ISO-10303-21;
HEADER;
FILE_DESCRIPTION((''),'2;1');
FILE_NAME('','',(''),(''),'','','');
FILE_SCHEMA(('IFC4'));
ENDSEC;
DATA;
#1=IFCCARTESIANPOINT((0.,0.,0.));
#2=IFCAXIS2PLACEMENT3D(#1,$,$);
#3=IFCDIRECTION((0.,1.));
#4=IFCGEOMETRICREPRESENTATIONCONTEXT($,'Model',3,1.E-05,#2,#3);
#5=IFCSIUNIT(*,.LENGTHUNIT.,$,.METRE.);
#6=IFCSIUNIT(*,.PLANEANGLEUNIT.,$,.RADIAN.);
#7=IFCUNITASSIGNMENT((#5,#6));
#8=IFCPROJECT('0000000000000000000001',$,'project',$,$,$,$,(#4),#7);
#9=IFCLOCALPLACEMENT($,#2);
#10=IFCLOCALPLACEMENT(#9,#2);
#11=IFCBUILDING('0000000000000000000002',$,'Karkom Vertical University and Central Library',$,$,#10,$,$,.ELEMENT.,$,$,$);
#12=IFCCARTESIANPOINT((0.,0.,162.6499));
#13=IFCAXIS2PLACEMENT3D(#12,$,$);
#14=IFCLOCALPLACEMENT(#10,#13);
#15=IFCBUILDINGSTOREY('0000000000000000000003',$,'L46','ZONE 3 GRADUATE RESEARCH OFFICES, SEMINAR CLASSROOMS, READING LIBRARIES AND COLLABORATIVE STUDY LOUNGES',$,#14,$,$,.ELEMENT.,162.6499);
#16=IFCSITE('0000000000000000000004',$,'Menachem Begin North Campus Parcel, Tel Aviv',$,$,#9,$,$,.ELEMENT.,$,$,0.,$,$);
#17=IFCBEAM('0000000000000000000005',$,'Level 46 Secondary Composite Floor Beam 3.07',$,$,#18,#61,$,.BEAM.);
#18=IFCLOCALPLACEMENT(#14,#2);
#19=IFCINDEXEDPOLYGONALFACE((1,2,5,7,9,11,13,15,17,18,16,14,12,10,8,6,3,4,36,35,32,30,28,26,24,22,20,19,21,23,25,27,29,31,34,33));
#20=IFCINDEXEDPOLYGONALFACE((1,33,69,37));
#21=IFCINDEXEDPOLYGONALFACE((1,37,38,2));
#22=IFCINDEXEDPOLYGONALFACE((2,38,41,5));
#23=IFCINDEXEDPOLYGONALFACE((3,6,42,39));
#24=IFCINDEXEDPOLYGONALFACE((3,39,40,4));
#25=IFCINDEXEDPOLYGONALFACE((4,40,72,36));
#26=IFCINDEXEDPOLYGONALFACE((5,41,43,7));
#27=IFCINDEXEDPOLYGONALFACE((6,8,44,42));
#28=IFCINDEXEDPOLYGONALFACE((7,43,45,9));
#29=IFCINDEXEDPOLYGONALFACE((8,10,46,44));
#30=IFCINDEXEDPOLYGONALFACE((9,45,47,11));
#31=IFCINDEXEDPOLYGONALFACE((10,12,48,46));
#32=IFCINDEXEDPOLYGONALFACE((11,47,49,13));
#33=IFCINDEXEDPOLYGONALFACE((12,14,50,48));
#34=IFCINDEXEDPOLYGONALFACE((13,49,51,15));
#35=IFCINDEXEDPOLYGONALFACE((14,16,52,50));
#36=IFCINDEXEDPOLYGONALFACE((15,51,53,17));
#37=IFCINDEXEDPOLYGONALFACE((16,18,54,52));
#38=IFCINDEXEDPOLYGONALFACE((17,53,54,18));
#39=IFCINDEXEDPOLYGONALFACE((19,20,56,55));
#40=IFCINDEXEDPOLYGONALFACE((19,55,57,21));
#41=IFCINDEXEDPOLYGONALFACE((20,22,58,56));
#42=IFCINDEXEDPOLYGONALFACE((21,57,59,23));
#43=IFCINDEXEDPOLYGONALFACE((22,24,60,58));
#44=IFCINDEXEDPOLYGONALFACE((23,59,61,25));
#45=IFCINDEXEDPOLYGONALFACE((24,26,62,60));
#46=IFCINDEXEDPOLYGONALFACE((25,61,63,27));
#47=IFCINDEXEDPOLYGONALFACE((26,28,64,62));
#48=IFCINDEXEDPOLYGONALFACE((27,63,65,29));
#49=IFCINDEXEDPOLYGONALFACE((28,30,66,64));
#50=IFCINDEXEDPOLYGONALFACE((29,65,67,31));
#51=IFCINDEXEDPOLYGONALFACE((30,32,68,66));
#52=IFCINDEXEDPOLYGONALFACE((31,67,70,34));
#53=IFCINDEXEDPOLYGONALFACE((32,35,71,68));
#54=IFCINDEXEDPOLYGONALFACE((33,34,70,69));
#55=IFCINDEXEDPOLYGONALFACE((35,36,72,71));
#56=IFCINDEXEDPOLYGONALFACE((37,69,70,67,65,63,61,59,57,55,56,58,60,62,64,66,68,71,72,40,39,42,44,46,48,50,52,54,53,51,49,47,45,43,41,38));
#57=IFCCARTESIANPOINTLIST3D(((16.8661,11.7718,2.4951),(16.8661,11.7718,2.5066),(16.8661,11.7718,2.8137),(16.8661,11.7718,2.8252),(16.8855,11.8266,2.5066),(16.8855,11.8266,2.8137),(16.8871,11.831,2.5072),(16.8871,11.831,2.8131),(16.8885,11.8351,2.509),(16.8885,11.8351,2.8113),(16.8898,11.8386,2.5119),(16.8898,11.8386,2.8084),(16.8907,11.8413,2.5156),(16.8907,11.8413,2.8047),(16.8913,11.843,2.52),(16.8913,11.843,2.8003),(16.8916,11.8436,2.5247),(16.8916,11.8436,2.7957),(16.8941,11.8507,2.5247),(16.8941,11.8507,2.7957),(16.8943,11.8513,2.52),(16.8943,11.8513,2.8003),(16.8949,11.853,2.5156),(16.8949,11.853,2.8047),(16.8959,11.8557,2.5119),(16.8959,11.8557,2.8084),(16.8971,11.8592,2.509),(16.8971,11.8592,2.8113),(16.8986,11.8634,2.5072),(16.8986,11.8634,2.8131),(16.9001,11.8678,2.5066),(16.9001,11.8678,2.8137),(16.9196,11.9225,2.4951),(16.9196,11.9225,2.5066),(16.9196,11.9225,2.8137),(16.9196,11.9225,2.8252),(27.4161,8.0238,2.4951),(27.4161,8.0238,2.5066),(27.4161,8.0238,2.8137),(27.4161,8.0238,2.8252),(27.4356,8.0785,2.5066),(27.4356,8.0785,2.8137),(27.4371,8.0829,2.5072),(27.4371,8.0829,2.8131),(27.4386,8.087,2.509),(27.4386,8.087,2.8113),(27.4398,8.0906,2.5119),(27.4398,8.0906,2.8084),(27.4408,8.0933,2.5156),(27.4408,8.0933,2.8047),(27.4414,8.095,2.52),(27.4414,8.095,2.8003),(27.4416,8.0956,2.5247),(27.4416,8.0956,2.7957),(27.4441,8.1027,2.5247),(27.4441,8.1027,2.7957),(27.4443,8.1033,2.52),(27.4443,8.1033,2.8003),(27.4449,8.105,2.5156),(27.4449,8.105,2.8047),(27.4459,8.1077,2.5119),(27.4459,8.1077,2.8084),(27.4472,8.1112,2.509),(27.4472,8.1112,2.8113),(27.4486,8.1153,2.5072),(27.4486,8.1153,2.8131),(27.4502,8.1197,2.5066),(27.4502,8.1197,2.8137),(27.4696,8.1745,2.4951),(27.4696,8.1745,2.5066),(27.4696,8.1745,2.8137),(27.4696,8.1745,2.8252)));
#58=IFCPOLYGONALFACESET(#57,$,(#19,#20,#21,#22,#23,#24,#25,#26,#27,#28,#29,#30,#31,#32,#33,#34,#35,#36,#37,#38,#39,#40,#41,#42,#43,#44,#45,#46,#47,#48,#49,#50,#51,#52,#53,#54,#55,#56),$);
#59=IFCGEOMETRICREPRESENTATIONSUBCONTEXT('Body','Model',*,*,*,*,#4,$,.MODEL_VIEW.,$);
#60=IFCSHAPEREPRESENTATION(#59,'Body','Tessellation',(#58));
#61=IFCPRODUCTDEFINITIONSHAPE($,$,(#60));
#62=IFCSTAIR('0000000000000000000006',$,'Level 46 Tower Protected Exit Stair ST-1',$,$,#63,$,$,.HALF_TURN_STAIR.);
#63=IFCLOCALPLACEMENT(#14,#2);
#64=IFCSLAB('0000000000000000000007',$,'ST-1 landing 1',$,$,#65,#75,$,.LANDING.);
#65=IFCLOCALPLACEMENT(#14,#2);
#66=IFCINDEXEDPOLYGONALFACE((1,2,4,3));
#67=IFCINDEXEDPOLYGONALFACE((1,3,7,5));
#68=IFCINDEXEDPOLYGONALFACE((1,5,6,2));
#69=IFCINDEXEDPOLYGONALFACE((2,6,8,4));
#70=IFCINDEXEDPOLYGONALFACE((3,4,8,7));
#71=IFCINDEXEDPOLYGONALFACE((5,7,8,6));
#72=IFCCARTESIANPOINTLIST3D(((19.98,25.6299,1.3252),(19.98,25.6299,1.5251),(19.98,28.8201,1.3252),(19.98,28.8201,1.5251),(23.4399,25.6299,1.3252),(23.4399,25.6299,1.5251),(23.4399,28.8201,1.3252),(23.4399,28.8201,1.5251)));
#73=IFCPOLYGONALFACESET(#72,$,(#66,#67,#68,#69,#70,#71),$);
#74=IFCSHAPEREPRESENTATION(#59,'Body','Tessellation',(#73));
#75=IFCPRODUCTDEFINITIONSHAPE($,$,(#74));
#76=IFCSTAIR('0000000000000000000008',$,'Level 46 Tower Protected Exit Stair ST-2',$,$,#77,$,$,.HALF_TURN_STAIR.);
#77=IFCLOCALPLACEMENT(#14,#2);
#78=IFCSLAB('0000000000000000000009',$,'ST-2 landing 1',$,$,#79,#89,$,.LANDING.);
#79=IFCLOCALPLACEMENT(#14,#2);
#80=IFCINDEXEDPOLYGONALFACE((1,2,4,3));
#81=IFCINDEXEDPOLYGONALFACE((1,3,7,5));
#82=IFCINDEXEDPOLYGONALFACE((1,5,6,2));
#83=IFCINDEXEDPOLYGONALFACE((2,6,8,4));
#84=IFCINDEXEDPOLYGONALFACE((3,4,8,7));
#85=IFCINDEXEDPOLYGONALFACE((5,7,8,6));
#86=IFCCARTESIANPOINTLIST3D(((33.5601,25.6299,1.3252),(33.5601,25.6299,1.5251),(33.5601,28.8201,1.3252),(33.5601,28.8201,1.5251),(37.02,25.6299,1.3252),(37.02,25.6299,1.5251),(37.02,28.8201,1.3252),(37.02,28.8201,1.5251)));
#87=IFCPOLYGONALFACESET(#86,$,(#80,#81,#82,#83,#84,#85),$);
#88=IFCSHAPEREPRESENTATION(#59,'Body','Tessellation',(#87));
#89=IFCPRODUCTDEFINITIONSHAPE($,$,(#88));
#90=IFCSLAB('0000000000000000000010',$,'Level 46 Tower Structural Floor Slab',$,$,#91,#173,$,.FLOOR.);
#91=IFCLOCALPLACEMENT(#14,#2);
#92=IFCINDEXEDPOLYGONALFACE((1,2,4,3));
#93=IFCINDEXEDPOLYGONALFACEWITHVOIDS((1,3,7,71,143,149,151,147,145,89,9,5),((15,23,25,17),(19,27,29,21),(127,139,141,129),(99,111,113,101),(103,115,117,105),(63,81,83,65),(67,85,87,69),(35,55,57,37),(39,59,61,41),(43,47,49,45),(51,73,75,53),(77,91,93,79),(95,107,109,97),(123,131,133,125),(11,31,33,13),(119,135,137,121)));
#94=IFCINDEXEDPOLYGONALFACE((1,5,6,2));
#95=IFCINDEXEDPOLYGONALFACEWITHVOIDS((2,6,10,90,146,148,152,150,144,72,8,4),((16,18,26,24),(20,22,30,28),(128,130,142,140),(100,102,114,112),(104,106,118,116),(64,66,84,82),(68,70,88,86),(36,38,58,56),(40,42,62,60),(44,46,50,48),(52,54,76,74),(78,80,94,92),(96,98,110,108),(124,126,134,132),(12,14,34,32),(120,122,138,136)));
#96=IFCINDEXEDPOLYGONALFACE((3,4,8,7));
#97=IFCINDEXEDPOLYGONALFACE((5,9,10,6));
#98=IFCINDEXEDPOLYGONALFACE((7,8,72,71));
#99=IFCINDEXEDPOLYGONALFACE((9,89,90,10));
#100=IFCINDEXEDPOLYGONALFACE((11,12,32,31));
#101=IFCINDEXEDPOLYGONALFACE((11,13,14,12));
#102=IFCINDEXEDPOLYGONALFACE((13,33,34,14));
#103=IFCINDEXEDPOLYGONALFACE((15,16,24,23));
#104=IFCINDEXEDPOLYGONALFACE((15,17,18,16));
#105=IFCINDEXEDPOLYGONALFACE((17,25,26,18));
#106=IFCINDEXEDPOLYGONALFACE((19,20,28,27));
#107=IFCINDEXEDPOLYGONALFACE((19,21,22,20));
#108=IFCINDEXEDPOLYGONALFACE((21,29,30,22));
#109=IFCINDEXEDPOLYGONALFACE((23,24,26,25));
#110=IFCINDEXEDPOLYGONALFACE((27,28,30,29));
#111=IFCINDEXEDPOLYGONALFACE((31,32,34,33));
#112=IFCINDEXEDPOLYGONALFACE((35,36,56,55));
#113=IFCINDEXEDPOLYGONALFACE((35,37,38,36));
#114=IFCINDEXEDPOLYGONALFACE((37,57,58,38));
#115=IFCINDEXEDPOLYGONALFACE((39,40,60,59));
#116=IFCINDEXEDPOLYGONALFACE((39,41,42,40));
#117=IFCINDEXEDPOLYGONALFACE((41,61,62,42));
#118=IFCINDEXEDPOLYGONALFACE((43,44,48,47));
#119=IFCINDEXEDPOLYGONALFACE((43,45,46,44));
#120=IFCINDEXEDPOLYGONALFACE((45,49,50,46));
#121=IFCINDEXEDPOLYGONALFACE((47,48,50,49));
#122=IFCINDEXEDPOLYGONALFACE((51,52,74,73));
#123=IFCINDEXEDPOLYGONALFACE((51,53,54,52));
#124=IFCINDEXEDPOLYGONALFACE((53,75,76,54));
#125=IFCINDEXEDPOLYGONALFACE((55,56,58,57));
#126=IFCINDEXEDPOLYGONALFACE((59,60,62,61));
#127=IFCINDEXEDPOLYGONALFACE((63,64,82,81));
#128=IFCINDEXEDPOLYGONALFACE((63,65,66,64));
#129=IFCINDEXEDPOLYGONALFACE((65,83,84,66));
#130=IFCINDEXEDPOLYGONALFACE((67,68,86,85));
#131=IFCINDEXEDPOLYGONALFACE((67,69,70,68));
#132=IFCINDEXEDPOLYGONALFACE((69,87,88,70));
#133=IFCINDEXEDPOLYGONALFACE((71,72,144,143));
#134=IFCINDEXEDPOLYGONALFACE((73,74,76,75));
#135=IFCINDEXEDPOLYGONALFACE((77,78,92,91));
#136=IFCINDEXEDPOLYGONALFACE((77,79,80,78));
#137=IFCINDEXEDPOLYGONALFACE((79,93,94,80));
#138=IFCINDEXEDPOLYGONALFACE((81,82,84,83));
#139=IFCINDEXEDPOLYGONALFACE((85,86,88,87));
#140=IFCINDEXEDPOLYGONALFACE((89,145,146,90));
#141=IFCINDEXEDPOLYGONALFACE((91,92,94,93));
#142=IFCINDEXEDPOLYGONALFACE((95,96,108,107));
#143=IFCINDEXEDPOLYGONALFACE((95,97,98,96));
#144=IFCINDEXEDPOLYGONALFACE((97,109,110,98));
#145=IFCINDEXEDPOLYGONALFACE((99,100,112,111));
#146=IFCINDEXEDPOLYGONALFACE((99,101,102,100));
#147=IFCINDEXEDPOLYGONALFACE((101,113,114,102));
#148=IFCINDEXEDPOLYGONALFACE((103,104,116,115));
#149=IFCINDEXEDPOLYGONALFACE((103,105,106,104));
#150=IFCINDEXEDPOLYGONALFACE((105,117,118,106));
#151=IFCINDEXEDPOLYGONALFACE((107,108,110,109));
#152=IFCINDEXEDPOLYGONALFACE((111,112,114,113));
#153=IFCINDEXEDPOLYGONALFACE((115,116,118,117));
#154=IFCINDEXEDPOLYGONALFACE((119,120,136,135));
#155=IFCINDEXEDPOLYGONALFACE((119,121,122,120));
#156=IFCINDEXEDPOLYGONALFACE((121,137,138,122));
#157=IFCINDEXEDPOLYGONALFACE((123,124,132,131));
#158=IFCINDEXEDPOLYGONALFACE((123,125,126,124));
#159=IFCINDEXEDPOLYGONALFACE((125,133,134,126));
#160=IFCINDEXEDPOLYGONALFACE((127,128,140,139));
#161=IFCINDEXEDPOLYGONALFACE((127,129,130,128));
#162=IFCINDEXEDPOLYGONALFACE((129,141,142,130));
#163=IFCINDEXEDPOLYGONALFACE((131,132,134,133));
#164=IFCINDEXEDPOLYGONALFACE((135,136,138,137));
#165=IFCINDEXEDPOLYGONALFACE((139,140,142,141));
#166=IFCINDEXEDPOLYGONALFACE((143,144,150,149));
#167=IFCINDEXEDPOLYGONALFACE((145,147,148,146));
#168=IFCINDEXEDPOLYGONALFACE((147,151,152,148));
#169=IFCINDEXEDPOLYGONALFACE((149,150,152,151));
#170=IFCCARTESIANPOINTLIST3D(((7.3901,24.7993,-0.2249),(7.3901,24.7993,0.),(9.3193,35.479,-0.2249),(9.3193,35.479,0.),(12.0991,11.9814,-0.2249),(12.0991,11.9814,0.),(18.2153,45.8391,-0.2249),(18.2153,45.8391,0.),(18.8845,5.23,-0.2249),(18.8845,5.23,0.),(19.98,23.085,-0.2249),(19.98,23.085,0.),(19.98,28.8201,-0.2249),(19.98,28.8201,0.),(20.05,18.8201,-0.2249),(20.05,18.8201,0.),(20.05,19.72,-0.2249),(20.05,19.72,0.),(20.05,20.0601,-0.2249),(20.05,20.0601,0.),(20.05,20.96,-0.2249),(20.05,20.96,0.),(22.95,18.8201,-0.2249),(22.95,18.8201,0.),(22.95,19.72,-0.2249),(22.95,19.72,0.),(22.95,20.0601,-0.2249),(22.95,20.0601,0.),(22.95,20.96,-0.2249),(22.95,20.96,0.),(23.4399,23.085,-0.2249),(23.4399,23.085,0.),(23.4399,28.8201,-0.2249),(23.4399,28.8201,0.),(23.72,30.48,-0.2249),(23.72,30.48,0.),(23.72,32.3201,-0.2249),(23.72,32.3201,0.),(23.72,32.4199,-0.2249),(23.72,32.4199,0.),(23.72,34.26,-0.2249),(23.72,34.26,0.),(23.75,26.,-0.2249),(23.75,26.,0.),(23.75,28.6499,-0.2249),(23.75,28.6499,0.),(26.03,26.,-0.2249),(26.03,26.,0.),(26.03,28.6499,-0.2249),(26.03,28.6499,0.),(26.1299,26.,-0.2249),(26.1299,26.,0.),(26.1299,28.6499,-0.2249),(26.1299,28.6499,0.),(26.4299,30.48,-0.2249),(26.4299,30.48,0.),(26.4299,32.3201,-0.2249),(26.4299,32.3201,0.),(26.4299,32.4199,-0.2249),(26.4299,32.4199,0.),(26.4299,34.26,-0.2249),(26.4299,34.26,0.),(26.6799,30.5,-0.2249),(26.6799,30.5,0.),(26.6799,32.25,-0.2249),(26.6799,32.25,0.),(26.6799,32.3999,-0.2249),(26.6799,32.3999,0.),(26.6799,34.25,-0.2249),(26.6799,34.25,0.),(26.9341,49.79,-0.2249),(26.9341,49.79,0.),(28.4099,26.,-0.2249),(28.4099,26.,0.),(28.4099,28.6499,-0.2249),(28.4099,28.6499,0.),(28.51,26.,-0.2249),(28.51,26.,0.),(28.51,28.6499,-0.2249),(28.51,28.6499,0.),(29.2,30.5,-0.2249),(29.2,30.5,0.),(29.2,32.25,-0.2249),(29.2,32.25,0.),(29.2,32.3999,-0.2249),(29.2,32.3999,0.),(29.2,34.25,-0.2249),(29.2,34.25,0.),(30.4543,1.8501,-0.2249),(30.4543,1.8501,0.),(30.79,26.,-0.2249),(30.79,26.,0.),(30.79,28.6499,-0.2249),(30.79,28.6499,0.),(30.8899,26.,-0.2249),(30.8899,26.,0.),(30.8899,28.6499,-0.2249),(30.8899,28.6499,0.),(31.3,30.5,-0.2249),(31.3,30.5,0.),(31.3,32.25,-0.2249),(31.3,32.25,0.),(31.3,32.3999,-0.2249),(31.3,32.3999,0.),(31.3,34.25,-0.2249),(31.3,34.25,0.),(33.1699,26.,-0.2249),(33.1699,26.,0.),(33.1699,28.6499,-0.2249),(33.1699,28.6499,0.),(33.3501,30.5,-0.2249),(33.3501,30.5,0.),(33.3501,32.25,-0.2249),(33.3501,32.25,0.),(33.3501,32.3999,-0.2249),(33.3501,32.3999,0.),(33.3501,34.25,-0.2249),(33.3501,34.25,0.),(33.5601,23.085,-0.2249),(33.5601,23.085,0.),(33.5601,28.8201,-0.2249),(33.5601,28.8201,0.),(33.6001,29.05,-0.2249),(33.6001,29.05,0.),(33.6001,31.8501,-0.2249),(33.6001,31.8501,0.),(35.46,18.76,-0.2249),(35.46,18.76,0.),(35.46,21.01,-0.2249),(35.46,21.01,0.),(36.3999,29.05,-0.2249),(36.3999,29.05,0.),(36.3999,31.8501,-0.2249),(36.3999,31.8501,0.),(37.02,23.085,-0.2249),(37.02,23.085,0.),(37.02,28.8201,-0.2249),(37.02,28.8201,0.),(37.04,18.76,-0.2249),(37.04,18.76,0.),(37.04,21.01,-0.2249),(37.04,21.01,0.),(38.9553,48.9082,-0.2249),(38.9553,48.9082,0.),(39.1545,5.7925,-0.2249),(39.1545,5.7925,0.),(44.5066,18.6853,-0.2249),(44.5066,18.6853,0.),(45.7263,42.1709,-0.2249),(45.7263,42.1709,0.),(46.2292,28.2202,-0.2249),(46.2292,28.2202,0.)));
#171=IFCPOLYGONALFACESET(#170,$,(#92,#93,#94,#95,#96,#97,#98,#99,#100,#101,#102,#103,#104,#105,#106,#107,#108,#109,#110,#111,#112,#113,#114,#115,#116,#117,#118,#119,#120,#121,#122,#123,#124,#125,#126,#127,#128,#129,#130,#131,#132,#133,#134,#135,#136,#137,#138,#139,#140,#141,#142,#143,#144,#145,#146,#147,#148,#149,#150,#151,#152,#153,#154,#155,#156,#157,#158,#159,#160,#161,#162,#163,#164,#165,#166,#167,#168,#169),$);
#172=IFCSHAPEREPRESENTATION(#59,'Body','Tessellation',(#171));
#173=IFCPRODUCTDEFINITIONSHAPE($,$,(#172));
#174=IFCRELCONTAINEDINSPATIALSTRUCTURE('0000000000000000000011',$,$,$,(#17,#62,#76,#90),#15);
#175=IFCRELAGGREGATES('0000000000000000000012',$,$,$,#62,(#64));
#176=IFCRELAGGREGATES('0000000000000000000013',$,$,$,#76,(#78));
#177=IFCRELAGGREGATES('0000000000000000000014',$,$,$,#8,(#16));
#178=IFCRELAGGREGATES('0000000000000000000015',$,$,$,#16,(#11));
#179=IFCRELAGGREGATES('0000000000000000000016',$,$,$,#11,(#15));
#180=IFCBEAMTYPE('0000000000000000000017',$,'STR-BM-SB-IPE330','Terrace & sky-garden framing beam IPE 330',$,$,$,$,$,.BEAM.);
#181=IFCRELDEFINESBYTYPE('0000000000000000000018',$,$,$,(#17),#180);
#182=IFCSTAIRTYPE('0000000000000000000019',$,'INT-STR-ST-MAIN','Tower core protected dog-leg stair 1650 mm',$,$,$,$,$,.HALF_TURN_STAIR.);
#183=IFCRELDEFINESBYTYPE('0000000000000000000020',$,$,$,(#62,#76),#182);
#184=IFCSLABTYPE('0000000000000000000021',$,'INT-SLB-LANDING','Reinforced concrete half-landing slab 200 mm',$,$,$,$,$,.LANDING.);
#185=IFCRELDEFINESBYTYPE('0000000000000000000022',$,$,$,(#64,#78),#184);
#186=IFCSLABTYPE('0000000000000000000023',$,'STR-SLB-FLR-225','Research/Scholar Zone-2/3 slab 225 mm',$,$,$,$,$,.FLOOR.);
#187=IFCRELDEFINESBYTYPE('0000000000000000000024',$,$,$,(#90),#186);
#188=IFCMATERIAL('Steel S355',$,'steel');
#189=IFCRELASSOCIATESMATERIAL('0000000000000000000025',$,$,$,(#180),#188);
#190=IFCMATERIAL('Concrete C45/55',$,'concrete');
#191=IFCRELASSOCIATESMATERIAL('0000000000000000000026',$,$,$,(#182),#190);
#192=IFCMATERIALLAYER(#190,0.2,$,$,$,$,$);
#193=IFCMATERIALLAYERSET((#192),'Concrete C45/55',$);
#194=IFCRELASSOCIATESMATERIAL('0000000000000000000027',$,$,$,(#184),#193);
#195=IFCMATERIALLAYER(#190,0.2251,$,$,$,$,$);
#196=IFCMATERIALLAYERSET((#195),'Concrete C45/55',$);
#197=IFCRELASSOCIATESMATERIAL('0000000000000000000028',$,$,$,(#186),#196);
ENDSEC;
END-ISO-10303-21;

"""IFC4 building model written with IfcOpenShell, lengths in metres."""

from ifc_helpers import new_model, si_unit, direction, frame, origin, origin_with_axes, origin_2d, place, context, subcontext, project, spatial, polyline, i_section, outline, extrude, source, transform, mapped, material, layer, layer_set, material_profile, profile_set, type_object, element, aggregate, save


model = new_model("IFC4")

# Units and contexts
model_context = context("Model", 3, precision=1e-05, world=origin(), true_north=direction((0.0, 1.0)))
body_context = subcontext(model_context, "Body", "Model", "MODEL_VIEW")
ifc_project = project(units=[si_unit("LENGTHUNIT", "METRE"), si_unit("PLANEANGLEUNIT", "RADIAN")], contexts=[model_context])

# Site, building, storey
site_placement = place(None, origin())
site = spatial("IfcSite", under=ifc_project, at=site_placement, Name="Menachem Begin North Campus Parcel, Tel Aviv", CompositionType="ELEMENT", RefElevation=0.0)
building_placement = place(site_placement, origin())
building = spatial("IfcBuilding", under=site, at=building_placement, Name="Karkom Vertical University and Central Library", CompositionType="ELEMENT")
storey_placement = place(building_placement, frame((0.0, 0.0, 162.6499)))
storey = spatial("IfcBuildingStorey", under=building, at=storey_placement, Name="L46", Description="ZONE 3 GRADUATE RESEARCH OFFICES, SEMINAR CLASSROOMS, READING LIBRARIES AND COLLABORATIVE STUDY LOUNGES", CompositionType="ELEMENT", Elevation=162.6499)

# Beam
ifc_material_1 = material(Name="Steel S355", Category="steel")
ifc_material_profile_1 = material_profile(ifc_material_1, i_section(OverallWidth=0.1599, OverallDepth=0.3301, WebThickness=0.0076, FlangeThickness=0.0115, FilletRadius=0.0181, at=origin_2d()), Name="IPE 330")
ifc_profile_set_1 = profile_set([ifc_material_profile_1], Name="Steel S355")
beam_type_1 = type_object("IfcBeamType", Name="STR-BM-SB-IPE330", Description="Terrace & sky-garden framing beam IPE 330", PredefinedType="BEAM", material=ifc_profile_set_1)
shared_shape_1 = source(origin_with_axes(), body_context, "Body", "SweptSolid", [
    extrude(i_section(OverallWidth=0.1599, OverallDepth=0.3301, WebThickness=0.0076, FlangeThickness=0.0115, FilletRadius=0.0181, at=origin_2d()), origin(), (0.0, 0.0, 1.0), 11.196),
])
beam_1_placement = place(storey_placement, frame((16.8928, 11.8472, 2.6602), z_axis=(0.942302, -0.334765, 0.0), x_axis=(0.334765, 0.942302, 0.0)))
element("IfcBeam", 1, at=beam_1_placement, inside=storey, type_object=beam_type_1, Name="Level 46 Secondary Composite Floor Beam 3.07", PredefinedType="BEAM", context=body_context, shape_type="MappedRepresentation", body=[
    mapped(shared_shape_1, transform((0.0, 0.0, 0.0), scale=1.0)),
])

# Stairs, slabs
ifc_material_2 = material(Name="Concrete C45/55", Category="concrete")
stair_type = type_object("IfcStairType", Name="INT-STR-ST-MAIN", Description="Tower core protected dog-leg stair 1650 mm", PredefinedType="HALF_TURN_STAIR", material=ifc_material_2)
stair_1_placement = place(storey_placement, origin())
stair_1 = element("IfcStair", 2, at=stair_1_placement, inside=storey, type_object=stair_type, Name="Level 46 Tower Protected Exit Stair ST-1", PredefinedType="HALF_TURN_STAIR")
ifc_layer_1 = layer(ifc_material_2, 0.2)
ifc_layer_set_1 = layer_set([ifc_layer_1], Name="Concrete C45/55")
slab_type_1 = type_object("IfcSlabType", Name="INT-SLB-LANDING", Description="Reinforced concrete half-landing slab 200 mm", PredefinedType="LANDING", material=ifc_layer_set_1)
slab_1_placement = place(storey_placement, frame((0.0, 0.0, 1.3252)))
slab_1 = element("IfcSlab", 3, at=slab_1_placement, type_object=slab_type_1, Name="ST-1 landing 1", PredefinedType="LANDING", context=body_context, shape_type="SweptSolid", body=[
    extrude(outline(polyline([(23.4399, 25.6299), (23.4399, 28.8201), (19.98, 28.8201), (19.98, 25.6299), (23.4399, 25.6299)])), origin(), (0.0, 0.0, 1.0), 0.2),
])
aggregate(stair_1, [slab_1])
stair_2_placement = place(storey_placement, origin())
stair_2 = element("IfcStair", 4, at=stair_2_placement, inside=storey, type_object=stair_type, Name="Level 46 Tower Protected Exit Stair ST-2", PredefinedType="HALF_TURN_STAIR")
slab_2_placement = place(storey_placement, frame((0.0, 0.0, 1.3252)))
slab_2 = element("IfcSlab", 5, at=slab_2_placement, type_object=slab_type_1, Name="ST-2 landing 1", PredefinedType="LANDING", context=body_context, shape_type="SweptSolid", body=[
    extrude(outline(polyline([(37.02, 25.6299), (37.02, 28.8201), (33.5601, 28.8201), (33.5601, 25.6299), (37.02, 25.6299)])), origin(), (0.0, 0.0, 1.0), 0.2),
])
aggregate(stair_2, [slab_2])

# Slab
ifc_layer_2 = layer(ifc_material_2, 0.2251)
ifc_layer_set_2 = layer_set([ifc_layer_2], Name="Concrete C45/55")
slab_type_2 = type_object("IfcSlabType", Name="STR-SLB-FLR-225", Description="Research/Scholar Zone-2/3 slab 225 mm", PredefinedType="FLOOR", material=ifc_layer_set_2)
slab_3_placement = place(storey_placement, frame((0.0, 0.0, -0.2249)))
element("IfcSlab", 6, at=slab_3_placement, inside=storey, type_object=slab_type_2, Name="Level 46 Tower Structural Floor Slab", PredefinedType="FLOOR", context=body_context, shape_type="SweptSolid", body=[
    extrude(outline(polyline([(9.3193, 35.479), (7.3901, 24.7993), (12.0991, 11.9814), (18.8845, 5.23), (30.4543, 1.8501), (39.1545, 5.7925), (44.5066, 18.6853), (46.2292, 28.2202), (45.7263, 42.1709), (38.9553, 48.9082), (26.9341, 49.79), (18.2153, 45.8391), (9.3193, 35.479)]), holes=[polyline([(19.98, 23.085), (23.4399, 23.085), (23.4399, 28.8201), (19.98, 28.8201), (19.98, 23.085)]), polyline([(33.5601, 23.085), (37.02, 23.085), (37.02, 28.8201), (33.5601, 28.8201), (33.5601, 23.085)]), polyline([(23.75, 26.0), (26.03, 26.0), (26.03, 28.6499), (23.75, 28.6499), (23.75, 26.0)]), polyline([(26.1299, 26.0), (28.4099, 26.0), (28.4099, 28.6499), (26.1299, 28.6499), (26.1299, 26.0)]), polyline([(28.51, 26.0), (30.79, 26.0), (30.79, 28.6499), (28.51, 28.6499), (28.51, 26.0)]), polyline([(30.8899, 26.0), (33.1699, 26.0), (33.1699, 28.6499), (30.8899, 28.6499), (30.8899, 26.0)]), polyline([(26.6799, 30.5), (29.2, 30.5), (29.2, 32.25), (26.6799, 32.25), (26.6799, 30.5)]), polyline([(26.6799, 32.3999), (29.2, 32.3999), (29.2, 34.25), (26.6799, 34.25), (26.6799, 32.3999)]), polyline([(31.3, 30.5), (33.3501, 30.5), (33.3501, 32.25), (31.3, 32.25), (31.3, 30.5)]), polyline([(31.3, 32.3999), (33.3501, 32.3999), (33.3501, 34.25), (31.3, 34.25), (31.3, 32.3999)]), polyline([(23.72, 30.48), (26.4299, 30.48), (26.4299, 32.3201), (23.72, 32.3201), (23.72, 30.48)]), polyline([(23.72, 32.4199), (26.4299, 32.4199), (26.4299, 34.26), (23.72, 34.26), (23.72, 32.4199)]), polyline([(33.6001, 29.05), (36.3999, 29.05), (36.3999, 31.8501), (33.6001, 31.8501), (33.6001, 29.05)]), polyline([(20.05, 18.8201), (22.95, 18.8201), (22.95, 19.72), (20.05, 19.72), (20.05, 18.8201)]), polyline([(20.05, 20.0601), (22.95, 20.0601), (22.95, 20.96), (20.05, 20.96), (20.05, 20.0601)]), polyline([(35.46, 18.76), (37.04, 18.76), (37.04, 21.01), (35.46, 21.01), (35.46, 18.76)])]), origin(), (0.0, 0.0, 1.0), 0.2249),
])

save(model, "model.ifc")
